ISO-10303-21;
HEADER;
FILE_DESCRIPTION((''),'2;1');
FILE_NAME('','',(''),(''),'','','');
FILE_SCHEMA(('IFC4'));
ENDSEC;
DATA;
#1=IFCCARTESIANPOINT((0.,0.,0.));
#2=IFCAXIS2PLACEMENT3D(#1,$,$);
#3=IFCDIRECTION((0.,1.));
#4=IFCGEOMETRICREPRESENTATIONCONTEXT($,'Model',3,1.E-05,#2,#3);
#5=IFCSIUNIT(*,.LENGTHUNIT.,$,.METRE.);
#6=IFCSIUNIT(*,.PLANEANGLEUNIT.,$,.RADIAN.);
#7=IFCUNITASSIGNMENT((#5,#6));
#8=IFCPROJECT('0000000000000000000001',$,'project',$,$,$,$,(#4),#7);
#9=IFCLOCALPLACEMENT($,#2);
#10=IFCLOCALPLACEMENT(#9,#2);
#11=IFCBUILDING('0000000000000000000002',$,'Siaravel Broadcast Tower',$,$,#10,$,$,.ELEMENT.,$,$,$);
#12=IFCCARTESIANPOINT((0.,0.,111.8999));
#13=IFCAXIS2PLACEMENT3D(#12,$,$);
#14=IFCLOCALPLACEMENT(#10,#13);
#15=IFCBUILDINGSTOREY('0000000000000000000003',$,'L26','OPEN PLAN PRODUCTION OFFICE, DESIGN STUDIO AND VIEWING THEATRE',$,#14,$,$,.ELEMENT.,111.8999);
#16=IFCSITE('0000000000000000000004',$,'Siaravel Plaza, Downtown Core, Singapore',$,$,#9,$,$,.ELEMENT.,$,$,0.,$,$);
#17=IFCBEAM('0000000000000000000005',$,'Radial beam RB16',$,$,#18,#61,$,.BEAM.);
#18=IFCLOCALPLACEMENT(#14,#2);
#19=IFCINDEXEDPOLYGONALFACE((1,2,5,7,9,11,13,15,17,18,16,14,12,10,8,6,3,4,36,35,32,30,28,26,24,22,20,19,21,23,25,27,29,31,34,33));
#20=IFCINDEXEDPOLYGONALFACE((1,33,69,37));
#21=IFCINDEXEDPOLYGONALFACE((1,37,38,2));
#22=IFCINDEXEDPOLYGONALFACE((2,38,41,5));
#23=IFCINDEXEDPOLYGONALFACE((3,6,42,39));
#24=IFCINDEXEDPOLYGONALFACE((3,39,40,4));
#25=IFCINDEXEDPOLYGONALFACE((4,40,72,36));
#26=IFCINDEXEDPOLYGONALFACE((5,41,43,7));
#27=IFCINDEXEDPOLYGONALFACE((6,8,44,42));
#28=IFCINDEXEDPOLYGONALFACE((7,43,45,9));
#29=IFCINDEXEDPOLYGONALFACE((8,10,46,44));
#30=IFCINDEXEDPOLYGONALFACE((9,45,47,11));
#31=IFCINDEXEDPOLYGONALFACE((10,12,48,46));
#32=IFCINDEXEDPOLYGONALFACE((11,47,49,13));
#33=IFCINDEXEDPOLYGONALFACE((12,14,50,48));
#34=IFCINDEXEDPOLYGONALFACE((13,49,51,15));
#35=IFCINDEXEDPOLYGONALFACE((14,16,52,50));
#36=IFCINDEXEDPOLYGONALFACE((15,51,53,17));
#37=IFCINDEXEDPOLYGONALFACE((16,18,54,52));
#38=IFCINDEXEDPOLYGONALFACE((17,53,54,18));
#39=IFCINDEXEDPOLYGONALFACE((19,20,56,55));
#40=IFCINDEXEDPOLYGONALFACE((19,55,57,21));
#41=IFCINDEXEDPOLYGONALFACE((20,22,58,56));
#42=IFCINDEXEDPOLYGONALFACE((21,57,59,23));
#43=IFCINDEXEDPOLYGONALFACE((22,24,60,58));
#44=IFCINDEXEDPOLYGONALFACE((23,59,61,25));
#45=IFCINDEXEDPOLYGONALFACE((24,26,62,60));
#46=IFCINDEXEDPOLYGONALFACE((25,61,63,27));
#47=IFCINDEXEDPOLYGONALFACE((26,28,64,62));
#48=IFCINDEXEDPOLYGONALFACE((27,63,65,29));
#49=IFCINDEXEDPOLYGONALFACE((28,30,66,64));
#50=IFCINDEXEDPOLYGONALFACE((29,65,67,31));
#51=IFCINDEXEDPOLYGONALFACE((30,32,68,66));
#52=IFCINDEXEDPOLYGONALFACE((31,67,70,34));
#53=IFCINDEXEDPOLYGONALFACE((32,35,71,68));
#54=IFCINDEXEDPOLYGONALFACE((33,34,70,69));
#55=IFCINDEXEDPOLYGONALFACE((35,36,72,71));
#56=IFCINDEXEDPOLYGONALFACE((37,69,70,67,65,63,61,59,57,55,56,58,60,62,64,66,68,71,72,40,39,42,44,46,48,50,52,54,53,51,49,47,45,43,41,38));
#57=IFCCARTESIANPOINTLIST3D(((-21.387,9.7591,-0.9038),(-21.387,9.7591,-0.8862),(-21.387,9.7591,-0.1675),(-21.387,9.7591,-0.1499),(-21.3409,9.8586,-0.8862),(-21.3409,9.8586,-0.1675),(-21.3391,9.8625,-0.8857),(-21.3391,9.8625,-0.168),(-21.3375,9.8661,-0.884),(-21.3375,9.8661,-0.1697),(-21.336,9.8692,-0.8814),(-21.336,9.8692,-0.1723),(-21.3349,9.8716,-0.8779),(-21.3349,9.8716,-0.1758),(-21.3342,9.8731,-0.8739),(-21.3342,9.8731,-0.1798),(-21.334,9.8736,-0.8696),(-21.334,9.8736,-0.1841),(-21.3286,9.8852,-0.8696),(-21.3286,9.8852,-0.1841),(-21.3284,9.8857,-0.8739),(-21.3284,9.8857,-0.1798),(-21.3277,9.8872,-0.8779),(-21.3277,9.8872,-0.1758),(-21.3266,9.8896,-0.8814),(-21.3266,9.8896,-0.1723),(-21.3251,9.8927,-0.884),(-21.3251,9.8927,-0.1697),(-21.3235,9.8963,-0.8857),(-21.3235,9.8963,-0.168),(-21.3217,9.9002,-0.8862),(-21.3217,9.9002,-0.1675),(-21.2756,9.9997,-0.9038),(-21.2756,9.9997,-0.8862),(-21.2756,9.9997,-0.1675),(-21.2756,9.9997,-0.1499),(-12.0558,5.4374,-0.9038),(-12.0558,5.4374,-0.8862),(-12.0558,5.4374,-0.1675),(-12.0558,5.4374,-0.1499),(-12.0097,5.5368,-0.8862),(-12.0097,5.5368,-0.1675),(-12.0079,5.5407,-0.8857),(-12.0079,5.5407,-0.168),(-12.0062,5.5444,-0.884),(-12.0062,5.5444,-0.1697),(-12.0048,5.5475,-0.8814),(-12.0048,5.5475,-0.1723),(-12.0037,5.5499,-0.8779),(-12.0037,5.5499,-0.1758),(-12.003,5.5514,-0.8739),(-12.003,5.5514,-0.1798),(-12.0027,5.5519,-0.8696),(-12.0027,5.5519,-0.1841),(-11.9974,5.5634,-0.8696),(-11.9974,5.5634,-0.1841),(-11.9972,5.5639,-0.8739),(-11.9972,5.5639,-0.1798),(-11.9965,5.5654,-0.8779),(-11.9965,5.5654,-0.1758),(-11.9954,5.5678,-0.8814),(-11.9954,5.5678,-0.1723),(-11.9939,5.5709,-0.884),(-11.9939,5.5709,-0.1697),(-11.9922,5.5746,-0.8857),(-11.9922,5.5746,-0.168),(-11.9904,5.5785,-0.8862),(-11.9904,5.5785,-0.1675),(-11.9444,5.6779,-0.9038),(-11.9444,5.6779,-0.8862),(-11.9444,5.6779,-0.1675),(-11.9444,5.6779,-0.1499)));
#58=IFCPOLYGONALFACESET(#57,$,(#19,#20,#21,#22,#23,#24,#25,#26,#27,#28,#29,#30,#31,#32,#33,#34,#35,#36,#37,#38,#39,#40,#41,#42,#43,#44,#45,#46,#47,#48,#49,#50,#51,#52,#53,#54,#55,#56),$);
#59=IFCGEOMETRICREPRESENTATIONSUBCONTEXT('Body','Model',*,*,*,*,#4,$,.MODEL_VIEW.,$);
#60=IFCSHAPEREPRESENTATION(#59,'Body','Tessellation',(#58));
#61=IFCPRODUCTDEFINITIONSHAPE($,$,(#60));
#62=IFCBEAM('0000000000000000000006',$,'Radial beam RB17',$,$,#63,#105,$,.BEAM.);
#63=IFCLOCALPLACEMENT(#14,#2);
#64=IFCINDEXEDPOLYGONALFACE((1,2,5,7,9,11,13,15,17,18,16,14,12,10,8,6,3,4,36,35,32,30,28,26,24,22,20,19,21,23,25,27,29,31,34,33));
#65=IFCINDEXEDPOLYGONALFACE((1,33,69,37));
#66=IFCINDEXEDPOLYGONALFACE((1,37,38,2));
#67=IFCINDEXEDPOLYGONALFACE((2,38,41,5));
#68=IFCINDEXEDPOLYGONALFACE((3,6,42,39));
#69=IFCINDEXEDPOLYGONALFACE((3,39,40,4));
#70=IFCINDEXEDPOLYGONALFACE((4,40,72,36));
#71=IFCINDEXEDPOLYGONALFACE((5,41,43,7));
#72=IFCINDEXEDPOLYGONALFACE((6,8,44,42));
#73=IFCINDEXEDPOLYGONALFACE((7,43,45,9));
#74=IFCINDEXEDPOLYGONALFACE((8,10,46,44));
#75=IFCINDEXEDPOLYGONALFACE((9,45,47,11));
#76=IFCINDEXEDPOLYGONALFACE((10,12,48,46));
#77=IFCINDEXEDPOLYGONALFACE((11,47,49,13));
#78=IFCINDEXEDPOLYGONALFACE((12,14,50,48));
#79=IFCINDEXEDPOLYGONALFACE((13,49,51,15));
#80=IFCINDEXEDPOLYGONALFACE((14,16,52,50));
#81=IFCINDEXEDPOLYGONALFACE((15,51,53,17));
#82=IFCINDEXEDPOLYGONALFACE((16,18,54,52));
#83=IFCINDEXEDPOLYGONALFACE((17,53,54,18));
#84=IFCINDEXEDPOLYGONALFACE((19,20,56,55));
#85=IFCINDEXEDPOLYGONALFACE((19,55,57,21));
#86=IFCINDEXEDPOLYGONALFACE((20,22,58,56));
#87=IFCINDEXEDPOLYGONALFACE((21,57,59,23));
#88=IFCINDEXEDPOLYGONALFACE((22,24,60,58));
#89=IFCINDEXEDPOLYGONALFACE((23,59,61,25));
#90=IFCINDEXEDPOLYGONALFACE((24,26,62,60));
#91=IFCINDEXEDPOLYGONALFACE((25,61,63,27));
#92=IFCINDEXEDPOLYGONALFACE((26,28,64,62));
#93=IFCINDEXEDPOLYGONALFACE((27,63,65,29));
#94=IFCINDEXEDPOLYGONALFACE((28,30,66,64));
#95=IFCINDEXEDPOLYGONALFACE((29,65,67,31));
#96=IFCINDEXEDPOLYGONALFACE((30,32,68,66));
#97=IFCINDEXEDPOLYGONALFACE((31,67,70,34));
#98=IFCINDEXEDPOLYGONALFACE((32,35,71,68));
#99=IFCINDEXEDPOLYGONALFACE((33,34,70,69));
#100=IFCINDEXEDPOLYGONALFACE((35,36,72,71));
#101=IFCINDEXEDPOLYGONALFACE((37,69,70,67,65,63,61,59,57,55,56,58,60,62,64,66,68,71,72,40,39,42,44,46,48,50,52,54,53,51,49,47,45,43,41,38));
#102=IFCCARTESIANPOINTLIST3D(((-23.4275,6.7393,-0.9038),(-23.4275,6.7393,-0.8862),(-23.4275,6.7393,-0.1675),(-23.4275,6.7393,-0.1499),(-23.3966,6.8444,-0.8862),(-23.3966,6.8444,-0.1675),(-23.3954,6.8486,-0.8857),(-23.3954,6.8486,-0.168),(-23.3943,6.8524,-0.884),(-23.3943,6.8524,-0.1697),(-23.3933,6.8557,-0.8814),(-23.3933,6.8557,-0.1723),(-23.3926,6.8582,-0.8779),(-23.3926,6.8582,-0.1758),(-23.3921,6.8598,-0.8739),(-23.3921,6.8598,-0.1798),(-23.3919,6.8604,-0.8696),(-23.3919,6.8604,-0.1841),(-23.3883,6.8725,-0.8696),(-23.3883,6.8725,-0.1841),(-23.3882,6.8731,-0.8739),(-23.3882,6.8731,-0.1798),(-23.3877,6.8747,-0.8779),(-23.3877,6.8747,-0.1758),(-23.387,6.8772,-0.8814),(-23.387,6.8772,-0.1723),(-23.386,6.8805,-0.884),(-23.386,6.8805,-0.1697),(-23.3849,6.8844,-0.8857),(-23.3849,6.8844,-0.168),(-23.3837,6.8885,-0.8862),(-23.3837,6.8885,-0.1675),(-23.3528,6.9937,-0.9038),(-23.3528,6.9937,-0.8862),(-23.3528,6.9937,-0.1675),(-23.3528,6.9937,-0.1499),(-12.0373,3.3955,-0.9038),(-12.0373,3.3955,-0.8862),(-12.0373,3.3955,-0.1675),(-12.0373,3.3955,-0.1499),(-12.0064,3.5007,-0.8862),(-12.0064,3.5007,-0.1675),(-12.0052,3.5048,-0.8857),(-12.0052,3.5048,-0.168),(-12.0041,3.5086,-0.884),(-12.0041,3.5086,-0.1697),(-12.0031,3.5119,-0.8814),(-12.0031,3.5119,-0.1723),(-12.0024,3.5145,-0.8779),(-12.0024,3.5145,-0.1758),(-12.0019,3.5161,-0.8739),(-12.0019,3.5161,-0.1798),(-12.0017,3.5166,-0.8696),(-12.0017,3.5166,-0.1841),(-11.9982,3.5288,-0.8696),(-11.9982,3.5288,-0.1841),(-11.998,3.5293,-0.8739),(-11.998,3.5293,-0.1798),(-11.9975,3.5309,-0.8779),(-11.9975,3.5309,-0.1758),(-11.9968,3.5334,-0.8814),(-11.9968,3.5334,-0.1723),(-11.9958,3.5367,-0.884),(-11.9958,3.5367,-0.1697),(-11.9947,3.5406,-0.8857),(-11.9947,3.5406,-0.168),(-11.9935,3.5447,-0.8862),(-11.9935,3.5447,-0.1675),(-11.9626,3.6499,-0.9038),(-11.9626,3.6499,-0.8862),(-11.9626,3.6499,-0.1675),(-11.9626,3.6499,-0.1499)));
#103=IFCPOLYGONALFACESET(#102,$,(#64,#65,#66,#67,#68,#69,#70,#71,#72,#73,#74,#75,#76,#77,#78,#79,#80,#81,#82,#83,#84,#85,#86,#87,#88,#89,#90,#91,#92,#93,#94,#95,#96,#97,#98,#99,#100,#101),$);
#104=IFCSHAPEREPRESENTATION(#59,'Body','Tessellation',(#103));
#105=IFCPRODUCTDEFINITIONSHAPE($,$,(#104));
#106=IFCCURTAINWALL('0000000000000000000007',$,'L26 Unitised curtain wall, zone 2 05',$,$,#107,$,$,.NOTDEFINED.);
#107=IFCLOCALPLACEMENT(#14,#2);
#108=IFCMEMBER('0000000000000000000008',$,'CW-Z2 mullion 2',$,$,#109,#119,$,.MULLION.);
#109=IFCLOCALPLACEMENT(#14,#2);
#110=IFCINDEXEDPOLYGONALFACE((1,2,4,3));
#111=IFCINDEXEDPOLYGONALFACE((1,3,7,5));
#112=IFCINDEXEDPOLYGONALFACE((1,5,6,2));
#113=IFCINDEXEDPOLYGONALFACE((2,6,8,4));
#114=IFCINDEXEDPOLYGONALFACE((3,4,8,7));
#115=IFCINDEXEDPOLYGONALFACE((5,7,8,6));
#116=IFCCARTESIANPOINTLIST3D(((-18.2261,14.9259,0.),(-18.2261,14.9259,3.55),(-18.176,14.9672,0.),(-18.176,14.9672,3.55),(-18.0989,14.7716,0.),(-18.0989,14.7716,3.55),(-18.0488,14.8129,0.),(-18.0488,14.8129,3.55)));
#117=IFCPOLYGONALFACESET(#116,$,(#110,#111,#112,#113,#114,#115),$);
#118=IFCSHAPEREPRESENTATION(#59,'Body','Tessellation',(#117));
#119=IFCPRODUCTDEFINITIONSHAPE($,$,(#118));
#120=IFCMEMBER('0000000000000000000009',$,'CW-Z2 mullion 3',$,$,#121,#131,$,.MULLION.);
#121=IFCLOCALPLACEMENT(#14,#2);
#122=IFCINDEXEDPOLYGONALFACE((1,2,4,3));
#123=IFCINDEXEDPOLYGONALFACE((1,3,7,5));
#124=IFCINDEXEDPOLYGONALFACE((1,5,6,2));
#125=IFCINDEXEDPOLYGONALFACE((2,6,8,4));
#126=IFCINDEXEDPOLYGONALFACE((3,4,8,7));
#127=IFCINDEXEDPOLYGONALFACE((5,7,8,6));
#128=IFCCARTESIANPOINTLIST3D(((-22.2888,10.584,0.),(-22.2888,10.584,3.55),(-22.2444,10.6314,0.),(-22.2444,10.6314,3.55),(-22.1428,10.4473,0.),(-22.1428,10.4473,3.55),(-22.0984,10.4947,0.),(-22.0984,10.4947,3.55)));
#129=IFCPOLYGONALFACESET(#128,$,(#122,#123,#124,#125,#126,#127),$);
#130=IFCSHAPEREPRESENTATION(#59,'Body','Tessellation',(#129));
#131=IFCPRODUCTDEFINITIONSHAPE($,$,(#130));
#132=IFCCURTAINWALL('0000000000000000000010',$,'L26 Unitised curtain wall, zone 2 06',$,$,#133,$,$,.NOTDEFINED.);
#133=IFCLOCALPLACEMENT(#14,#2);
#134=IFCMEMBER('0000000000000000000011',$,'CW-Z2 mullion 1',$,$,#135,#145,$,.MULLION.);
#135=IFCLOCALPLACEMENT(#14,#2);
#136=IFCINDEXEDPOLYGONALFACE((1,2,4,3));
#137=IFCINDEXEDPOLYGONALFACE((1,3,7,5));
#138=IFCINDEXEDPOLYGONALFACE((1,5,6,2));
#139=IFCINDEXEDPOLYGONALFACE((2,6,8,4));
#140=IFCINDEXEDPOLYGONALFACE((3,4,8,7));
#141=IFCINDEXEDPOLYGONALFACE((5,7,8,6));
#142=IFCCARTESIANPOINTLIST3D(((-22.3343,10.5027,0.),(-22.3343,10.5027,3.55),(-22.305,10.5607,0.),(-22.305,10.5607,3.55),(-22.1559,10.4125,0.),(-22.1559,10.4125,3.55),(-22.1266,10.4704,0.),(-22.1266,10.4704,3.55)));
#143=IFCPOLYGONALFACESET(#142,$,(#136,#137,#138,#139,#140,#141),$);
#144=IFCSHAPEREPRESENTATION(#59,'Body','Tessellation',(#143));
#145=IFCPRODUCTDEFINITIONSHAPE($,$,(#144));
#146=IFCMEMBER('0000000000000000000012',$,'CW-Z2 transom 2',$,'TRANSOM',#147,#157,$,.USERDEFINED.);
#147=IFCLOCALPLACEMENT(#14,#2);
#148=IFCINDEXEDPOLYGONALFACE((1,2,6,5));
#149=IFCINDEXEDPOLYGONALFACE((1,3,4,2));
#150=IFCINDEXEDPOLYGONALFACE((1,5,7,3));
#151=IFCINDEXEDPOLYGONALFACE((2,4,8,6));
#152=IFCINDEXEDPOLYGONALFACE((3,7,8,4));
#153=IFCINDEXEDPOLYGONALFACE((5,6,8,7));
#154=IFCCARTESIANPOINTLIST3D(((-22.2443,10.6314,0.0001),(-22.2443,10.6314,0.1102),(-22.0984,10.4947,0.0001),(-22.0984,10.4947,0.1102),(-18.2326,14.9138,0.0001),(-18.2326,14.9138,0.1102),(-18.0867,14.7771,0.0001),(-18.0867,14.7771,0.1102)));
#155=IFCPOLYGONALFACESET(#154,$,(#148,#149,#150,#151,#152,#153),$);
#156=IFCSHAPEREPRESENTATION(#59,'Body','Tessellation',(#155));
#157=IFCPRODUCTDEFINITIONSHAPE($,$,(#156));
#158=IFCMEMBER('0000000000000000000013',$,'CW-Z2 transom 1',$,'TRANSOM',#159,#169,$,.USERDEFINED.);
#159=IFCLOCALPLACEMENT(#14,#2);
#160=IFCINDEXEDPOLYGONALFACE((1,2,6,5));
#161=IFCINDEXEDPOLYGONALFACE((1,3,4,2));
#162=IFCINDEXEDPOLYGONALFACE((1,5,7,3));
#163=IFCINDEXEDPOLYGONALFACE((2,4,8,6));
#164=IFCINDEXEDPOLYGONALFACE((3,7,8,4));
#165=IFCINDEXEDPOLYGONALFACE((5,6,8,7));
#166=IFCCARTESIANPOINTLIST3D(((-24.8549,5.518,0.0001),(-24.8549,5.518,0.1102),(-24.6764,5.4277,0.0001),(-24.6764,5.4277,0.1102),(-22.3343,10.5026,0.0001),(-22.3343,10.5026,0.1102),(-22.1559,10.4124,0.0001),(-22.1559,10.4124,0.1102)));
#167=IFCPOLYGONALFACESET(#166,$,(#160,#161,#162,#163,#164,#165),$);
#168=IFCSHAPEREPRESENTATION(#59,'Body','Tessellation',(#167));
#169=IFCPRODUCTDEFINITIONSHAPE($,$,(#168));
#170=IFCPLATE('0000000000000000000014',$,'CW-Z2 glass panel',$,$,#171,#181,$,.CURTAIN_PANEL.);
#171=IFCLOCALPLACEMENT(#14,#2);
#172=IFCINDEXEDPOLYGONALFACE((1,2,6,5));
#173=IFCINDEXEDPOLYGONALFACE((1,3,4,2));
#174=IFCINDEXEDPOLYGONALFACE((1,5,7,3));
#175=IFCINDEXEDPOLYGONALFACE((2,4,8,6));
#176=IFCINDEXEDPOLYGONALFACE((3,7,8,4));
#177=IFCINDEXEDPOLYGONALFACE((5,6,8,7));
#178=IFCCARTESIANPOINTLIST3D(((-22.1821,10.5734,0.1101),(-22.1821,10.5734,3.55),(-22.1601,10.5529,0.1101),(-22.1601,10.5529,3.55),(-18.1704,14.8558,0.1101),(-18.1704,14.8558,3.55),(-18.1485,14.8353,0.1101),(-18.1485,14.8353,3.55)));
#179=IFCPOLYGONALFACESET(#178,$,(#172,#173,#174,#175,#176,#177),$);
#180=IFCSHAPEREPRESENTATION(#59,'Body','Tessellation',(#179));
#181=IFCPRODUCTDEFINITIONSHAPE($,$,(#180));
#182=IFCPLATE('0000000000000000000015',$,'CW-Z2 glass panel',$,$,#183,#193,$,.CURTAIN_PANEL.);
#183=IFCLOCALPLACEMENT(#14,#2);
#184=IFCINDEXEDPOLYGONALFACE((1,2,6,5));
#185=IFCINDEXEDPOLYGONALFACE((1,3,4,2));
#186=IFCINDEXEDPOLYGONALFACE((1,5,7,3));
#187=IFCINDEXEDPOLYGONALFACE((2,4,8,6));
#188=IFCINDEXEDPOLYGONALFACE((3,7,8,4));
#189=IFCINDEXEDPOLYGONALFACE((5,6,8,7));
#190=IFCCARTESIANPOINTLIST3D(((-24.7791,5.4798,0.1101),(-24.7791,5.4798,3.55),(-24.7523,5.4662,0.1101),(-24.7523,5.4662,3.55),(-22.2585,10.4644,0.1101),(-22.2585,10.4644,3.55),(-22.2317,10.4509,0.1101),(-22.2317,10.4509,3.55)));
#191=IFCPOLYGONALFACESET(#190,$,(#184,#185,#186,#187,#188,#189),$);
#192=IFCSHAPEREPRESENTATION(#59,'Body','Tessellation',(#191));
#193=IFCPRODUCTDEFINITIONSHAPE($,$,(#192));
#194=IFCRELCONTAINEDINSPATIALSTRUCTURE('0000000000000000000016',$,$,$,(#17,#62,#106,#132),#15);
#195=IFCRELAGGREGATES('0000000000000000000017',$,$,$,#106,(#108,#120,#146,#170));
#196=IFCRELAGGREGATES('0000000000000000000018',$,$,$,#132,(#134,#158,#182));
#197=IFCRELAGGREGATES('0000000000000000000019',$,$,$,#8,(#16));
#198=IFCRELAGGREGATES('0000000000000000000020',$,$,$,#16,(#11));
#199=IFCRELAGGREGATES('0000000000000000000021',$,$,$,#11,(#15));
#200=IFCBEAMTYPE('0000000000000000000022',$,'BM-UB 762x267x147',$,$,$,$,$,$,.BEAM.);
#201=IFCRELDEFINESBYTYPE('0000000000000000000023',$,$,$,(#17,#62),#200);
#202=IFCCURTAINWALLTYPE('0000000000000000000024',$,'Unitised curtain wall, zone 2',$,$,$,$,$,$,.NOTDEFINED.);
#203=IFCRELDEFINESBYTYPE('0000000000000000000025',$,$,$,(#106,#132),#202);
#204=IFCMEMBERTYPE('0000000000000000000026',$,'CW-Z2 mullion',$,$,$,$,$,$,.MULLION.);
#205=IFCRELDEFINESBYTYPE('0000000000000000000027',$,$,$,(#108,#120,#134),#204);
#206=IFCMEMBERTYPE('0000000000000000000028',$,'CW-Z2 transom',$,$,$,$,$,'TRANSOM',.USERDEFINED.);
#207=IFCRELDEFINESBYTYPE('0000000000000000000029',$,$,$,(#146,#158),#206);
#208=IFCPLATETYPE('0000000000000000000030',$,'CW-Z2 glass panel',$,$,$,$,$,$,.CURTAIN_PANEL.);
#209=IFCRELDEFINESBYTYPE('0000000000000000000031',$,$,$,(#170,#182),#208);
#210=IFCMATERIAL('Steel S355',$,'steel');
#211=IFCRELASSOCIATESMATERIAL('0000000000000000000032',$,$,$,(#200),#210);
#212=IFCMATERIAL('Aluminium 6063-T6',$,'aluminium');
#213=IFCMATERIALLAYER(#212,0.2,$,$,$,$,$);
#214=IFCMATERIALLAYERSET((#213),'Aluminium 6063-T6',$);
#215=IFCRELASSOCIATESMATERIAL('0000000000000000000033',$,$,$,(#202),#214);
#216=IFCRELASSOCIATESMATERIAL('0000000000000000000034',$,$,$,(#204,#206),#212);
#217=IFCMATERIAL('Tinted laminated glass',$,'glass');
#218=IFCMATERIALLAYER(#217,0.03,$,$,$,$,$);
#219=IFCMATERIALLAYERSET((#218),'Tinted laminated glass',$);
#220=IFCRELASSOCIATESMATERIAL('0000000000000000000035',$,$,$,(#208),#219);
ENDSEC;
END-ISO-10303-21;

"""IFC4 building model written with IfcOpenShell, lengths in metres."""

from ifc_helpers import new_model, si_unit, direction, frame, origin, origin_2d, place, context, subcontext, project, spatial, rectangle, i_section, extrude, material, layer, layer_set, material_profile, profile_set, type_object, element, aggregate, save


model = new_model("IFC4")

# Units and contexts
model_context = context("Model", 3, precision=1e-05, world=origin(), true_north=direction((0.0, 1.0)))
body_context = subcontext(model_context, "Body", "Model", "MODEL_VIEW")
ifc_project = project(units=[si_unit("LENGTHUNIT", "METRE"), si_unit("PLANEANGLEUNIT", "RADIAN")], contexts=[model_context])

# Site, building, storey
site_placement = place(None, origin())
site = spatial("IfcSite", under=ifc_project, at=site_placement, Name="Siaravel Plaza, Downtown Core, Singapore", CompositionType="ELEMENT", RefElevation=0.0)
building_placement = place(site_placement, origin())
building = spatial("IfcBuilding", under=site, at=building_placement, Name="Siaravel Broadcast Tower", CompositionType="ELEMENT")
storey_placement = place(building_placement, frame((0.0, 0.0, 111.8999)))
storey = spatial("IfcBuildingStorey", under=building, at=storey_placement, Name="L26", Description="OPEN PLAN PRODUCTION OFFICE, DESIGN STUDIO AND VIEWING THEATRE", CompositionType="ELEMENT", Elevation=111.8999)

# Beams
ifc_material_1 = material(Name="Steel S355", Category="steel")
ifc_material_profile_1 = material_profile(ifc_material_1, i_section(OverallWidth=0.2651, OverallDepth=0.7539, WebThickness=0.0127, FlangeThickness=0.0176, FilletRadius=0.0166, at=origin_2d()))
ifc_profile_set_1 = profile_set([ifc_material_profile_1], Name="Steel S355")
beam_type = type_object("IfcBeamType", Name="BM-UB 762x267x147", PredefinedType="BEAM", material=ifc_profile_set_1)
beam_1_placement = place(storey_placement, frame((-21.3313, 9.8794, -0.5269), z_axis=(0.907403, -0.420262, 0.0), x_axis=(0.420262, 0.907403, 0.0)))
element("IfcBeam", 1, at=beam_1_placement, inside=storey, type_object=beam_type, Name="Radial beam RB16", PredefinedType="BEAM", context=body_context, shape_type="SweptSolid", body=[
    extrude(i_section(OverallWidth=0.2651, OverallDepth=0.7539, WebThickness=0.0127, FlangeThickness=0.0176, FilletRadius=0.0166, at=origin_2d()), origin(), (0.0, 0.0, 1.0), 10.2834),
])
beam_2_placement = place(storey_placement, frame((-23.3901, 6.8665, -0.5269), z_axis=(0.959509, -0.281679, 0.0), x_axis=(0.281679, 0.959509, 0.0)))
element("IfcBeam", 2, at=beam_2_placement, inside=storey, type_object=beam_type, Name="Radial beam RB17", PredefinedType="BEAM", context=body_context, shape_type="SweptSolid", body=[
    extrude(i_section(OverallWidth=0.2651, OverallDepth=0.7539, WebThickness=0.0127, FlangeThickness=0.0176, FilletRadius=0.0166, at=origin_2d()), origin(), (0.0, 0.0, 1.0), 11.8708),
])

# Curtain wall, members
ifc_material_2 = material(Name="Aluminium 6063-T6", Category="aluminium")
ifc_layer_1 = layer(ifc_material_2, 0.2)
ifc_layer_set_1 = layer_set([ifc_layer_1], Name="Aluminium 6063-T6")
curtain_wall_type = type_object("IfcCurtainWallType", Name="Unitised curtain wall, zone 2", PredefinedType="NOTDEFINED", material=ifc_layer_set_1)
curtain_wall_1_placement = place(storey_placement, origin())
curtain_wall_1 = element("IfcCurtainWall", 3, at=curtain_wall_1_placement, inside=storey, type_object=curtain_wall_type, Name="L26 Unitised curtain wall, zone 2 05", PredefinedType="NOTDEFINED")
ifc_material_profile_2 = material_profile(ifc_material_2, rectangle(XDim=0.2, YDim=0.0649, at=origin_2d()))
ifc_profile_set_2 = profile_set([ifc_material_profile_2], Name="Aluminium 6063-T6")
member_type_1 = type_object("IfcMemberType", Name="CW-Z2 mullion", PredefinedType="MULLION", material=ifc_profile_set_2)
member_1_placement = place(storey_placement, frame((-18.1375, 14.8694, 0.0), z_axis=(0.0, 0.0, 1.0), x_axis=(0.636218, -0.771509, 0.0)))
member_1 = element("IfcMember", 4, at=member_1_placement, type_object=member_type_1, Name="CW-Z2 mullion 2", PredefinedType="MULLION", context=body_context, shape_type="SweptSolid", body=[
    extrude(rectangle(XDim=0.2, YDim=0.0649, at=origin_2d()), origin(), (0.0, 0.0, 1.0), 3.55),
])
member_2_placement = place(storey_placement, frame((-22.1936, 10.5393, 0.0), z_axis=(0.0, 0.0, 1.0), x_axis=(0.729805, -0.683655, 0.0)))
member_2 = element("IfcMember", 5, at=member_2_placement, type_object=member_type_1, Name="CW-Z2 mullion 3", PredefinedType="MULLION", context=body_context, shape_type="SweptSolid", body=[
    extrude(rectangle(XDim=0.2, YDim=0.0649, at=origin_2d()), origin(), (0.0, 0.0, 1.0), 3.55),
])

# Curtain wall, member
curtain_wall_2_placement = place(storey_placement, origin())
curtain_wall_2 = element("IfcCurtainWall", 6, at=curtain_wall_2_placement, inside=storey, type_object=curtain_wall_type, Name="L26 Unitised curtain wall, zone 2 06", PredefinedType="NOTDEFINED")
member_3_placement = place(storey_placement, frame((-22.2305, 10.4866, 0.0), z_axis=(0.0, 0.0, 1.0), x_axis=(0.892392, -0.451261, 0.0)))
member_3 = element("IfcMember", 7, at=member_3_placement, type_object=member_type_1, Name="CW-Z2 mullion 1", PredefinedType="MULLION", context=body_context, shape_type="SweptSolid", body=[
    extrude(rectangle(XDim=0.2, YDim=0.0649, at=origin_2d()), origin(), (0.0, 0.0, 1.0), 3.55),
])

# Members
ifc_material_profile_3 = material_profile(ifc_material_2, rectangle(XDim=0.2, YDim=0.1101, at=origin_2d()))
ifc_profile_set_3 = profile_set([ifc_material_profile_3], Name="Aluminium 6063-T6")
member_type_2 = type_object("IfcMemberType", Name="CW-Z2 transom", ElementType="TRANSOM", PredefinedType="USERDEFINED", material=ifc_profile_set_3)
member_4_placement = place(storey_placement, frame((-18.1597, 14.8455, 0.0552), z_axis=(-0.68366, -0.729801, 0.0), x_axis=(0.729801, -0.68366, 0.0)))
member_4 = element("IfcMember", 8, at=member_4_placement, type_object=member_type_2, Name="CW-Z2 transom 2", ObjectType="TRANSOM", PredefinedType="USERDEFINED", context=body_context, shape_type="SweptSolid", body=[
    extrude(rectangle(XDim=0.2, YDim=0.1101, at=origin_2d()), origin(), (0.0, 0.0, 1.0), 5.8679),
])
member_5_placement = place(storey_placement, frame((-22.2451, 10.4575, 0.0552), z_axis=(-0.451248, -0.892399, 0.0), x_axis=(0.892399, -0.451248, 0.0)))
member_5 = element("IfcMember", 9, at=member_5_placement, type_object=member_type_2, Name="CW-Z2 transom 1", ObjectType="TRANSOM", PredefinedType="USERDEFINED", context=body_context, shape_type="SweptSolid", body=[
    extrude(rectangle(XDim=0.2, YDim=0.1101, at=origin_2d()), origin(), (0.0, 0.0, 1.0), 5.5857),
])

# Plates
ifc_material_3 = material(Name="Tinted laminated glass", Category="glass")
ifc_layer_2 = layer(ifc_material_3, 0.03)
ifc_layer_set_2 = layer_set([ifc_layer_2], Name="Tinted laminated glass")
plate_type = type_object("IfcPlateType", Name="CW-Z2 glass panel", PredefinedType="CURTAIN_PANEL", material=ifc_layer_set_2)
plate_1_placement = place(storey_placement, frame((-20.1653, 12.7043, 0.1101), z_axis=(0.0, 0.0, 1.0), x_axis=(-0.683655, -0.729805, 0.0)))
plate_1 = element("IfcPlate", 10, at=plate_1_placement, type_object=plate_type, Name="CW-Z2 glass panel", PredefinedType="CURTAIN_PANEL", context=body_context, shape_type="SweptSolid", body=[
    extrude(rectangle(XDim=5.8679, YDim=0.03, at=origin_2d()), origin(), (0.0, 0.0, 1.0), 3.4399),
])
aggregate(curtain_wall_1, [member_1, member_2, member_4, plate_1])
plate_2_placement = place(storey_placement, frame((-23.5054, 7.9653, 0.1101), z_axis=(0.0, 0.0, 1.0), x_axis=(-0.451261, -0.892392, 0.0)))
plate_2 = element("IfcPlate", 11, at=plate_2_placement, type_object=plate_type, Name="CW-Z2 glass panel", PredefinedType="CURTAIN_PANEL", context=body_context, shape_type="SweptSolid", body=[
    extrude(rectangle(XDim=5.5857, YDim=0.03, at=origin_2d()), origin(), (0.0, 0.0, 1.0), 3.4399),
])
aggregate(curtain_wall_2, [member_3, member_5, plate_2])

save(model, "model.ifc")
